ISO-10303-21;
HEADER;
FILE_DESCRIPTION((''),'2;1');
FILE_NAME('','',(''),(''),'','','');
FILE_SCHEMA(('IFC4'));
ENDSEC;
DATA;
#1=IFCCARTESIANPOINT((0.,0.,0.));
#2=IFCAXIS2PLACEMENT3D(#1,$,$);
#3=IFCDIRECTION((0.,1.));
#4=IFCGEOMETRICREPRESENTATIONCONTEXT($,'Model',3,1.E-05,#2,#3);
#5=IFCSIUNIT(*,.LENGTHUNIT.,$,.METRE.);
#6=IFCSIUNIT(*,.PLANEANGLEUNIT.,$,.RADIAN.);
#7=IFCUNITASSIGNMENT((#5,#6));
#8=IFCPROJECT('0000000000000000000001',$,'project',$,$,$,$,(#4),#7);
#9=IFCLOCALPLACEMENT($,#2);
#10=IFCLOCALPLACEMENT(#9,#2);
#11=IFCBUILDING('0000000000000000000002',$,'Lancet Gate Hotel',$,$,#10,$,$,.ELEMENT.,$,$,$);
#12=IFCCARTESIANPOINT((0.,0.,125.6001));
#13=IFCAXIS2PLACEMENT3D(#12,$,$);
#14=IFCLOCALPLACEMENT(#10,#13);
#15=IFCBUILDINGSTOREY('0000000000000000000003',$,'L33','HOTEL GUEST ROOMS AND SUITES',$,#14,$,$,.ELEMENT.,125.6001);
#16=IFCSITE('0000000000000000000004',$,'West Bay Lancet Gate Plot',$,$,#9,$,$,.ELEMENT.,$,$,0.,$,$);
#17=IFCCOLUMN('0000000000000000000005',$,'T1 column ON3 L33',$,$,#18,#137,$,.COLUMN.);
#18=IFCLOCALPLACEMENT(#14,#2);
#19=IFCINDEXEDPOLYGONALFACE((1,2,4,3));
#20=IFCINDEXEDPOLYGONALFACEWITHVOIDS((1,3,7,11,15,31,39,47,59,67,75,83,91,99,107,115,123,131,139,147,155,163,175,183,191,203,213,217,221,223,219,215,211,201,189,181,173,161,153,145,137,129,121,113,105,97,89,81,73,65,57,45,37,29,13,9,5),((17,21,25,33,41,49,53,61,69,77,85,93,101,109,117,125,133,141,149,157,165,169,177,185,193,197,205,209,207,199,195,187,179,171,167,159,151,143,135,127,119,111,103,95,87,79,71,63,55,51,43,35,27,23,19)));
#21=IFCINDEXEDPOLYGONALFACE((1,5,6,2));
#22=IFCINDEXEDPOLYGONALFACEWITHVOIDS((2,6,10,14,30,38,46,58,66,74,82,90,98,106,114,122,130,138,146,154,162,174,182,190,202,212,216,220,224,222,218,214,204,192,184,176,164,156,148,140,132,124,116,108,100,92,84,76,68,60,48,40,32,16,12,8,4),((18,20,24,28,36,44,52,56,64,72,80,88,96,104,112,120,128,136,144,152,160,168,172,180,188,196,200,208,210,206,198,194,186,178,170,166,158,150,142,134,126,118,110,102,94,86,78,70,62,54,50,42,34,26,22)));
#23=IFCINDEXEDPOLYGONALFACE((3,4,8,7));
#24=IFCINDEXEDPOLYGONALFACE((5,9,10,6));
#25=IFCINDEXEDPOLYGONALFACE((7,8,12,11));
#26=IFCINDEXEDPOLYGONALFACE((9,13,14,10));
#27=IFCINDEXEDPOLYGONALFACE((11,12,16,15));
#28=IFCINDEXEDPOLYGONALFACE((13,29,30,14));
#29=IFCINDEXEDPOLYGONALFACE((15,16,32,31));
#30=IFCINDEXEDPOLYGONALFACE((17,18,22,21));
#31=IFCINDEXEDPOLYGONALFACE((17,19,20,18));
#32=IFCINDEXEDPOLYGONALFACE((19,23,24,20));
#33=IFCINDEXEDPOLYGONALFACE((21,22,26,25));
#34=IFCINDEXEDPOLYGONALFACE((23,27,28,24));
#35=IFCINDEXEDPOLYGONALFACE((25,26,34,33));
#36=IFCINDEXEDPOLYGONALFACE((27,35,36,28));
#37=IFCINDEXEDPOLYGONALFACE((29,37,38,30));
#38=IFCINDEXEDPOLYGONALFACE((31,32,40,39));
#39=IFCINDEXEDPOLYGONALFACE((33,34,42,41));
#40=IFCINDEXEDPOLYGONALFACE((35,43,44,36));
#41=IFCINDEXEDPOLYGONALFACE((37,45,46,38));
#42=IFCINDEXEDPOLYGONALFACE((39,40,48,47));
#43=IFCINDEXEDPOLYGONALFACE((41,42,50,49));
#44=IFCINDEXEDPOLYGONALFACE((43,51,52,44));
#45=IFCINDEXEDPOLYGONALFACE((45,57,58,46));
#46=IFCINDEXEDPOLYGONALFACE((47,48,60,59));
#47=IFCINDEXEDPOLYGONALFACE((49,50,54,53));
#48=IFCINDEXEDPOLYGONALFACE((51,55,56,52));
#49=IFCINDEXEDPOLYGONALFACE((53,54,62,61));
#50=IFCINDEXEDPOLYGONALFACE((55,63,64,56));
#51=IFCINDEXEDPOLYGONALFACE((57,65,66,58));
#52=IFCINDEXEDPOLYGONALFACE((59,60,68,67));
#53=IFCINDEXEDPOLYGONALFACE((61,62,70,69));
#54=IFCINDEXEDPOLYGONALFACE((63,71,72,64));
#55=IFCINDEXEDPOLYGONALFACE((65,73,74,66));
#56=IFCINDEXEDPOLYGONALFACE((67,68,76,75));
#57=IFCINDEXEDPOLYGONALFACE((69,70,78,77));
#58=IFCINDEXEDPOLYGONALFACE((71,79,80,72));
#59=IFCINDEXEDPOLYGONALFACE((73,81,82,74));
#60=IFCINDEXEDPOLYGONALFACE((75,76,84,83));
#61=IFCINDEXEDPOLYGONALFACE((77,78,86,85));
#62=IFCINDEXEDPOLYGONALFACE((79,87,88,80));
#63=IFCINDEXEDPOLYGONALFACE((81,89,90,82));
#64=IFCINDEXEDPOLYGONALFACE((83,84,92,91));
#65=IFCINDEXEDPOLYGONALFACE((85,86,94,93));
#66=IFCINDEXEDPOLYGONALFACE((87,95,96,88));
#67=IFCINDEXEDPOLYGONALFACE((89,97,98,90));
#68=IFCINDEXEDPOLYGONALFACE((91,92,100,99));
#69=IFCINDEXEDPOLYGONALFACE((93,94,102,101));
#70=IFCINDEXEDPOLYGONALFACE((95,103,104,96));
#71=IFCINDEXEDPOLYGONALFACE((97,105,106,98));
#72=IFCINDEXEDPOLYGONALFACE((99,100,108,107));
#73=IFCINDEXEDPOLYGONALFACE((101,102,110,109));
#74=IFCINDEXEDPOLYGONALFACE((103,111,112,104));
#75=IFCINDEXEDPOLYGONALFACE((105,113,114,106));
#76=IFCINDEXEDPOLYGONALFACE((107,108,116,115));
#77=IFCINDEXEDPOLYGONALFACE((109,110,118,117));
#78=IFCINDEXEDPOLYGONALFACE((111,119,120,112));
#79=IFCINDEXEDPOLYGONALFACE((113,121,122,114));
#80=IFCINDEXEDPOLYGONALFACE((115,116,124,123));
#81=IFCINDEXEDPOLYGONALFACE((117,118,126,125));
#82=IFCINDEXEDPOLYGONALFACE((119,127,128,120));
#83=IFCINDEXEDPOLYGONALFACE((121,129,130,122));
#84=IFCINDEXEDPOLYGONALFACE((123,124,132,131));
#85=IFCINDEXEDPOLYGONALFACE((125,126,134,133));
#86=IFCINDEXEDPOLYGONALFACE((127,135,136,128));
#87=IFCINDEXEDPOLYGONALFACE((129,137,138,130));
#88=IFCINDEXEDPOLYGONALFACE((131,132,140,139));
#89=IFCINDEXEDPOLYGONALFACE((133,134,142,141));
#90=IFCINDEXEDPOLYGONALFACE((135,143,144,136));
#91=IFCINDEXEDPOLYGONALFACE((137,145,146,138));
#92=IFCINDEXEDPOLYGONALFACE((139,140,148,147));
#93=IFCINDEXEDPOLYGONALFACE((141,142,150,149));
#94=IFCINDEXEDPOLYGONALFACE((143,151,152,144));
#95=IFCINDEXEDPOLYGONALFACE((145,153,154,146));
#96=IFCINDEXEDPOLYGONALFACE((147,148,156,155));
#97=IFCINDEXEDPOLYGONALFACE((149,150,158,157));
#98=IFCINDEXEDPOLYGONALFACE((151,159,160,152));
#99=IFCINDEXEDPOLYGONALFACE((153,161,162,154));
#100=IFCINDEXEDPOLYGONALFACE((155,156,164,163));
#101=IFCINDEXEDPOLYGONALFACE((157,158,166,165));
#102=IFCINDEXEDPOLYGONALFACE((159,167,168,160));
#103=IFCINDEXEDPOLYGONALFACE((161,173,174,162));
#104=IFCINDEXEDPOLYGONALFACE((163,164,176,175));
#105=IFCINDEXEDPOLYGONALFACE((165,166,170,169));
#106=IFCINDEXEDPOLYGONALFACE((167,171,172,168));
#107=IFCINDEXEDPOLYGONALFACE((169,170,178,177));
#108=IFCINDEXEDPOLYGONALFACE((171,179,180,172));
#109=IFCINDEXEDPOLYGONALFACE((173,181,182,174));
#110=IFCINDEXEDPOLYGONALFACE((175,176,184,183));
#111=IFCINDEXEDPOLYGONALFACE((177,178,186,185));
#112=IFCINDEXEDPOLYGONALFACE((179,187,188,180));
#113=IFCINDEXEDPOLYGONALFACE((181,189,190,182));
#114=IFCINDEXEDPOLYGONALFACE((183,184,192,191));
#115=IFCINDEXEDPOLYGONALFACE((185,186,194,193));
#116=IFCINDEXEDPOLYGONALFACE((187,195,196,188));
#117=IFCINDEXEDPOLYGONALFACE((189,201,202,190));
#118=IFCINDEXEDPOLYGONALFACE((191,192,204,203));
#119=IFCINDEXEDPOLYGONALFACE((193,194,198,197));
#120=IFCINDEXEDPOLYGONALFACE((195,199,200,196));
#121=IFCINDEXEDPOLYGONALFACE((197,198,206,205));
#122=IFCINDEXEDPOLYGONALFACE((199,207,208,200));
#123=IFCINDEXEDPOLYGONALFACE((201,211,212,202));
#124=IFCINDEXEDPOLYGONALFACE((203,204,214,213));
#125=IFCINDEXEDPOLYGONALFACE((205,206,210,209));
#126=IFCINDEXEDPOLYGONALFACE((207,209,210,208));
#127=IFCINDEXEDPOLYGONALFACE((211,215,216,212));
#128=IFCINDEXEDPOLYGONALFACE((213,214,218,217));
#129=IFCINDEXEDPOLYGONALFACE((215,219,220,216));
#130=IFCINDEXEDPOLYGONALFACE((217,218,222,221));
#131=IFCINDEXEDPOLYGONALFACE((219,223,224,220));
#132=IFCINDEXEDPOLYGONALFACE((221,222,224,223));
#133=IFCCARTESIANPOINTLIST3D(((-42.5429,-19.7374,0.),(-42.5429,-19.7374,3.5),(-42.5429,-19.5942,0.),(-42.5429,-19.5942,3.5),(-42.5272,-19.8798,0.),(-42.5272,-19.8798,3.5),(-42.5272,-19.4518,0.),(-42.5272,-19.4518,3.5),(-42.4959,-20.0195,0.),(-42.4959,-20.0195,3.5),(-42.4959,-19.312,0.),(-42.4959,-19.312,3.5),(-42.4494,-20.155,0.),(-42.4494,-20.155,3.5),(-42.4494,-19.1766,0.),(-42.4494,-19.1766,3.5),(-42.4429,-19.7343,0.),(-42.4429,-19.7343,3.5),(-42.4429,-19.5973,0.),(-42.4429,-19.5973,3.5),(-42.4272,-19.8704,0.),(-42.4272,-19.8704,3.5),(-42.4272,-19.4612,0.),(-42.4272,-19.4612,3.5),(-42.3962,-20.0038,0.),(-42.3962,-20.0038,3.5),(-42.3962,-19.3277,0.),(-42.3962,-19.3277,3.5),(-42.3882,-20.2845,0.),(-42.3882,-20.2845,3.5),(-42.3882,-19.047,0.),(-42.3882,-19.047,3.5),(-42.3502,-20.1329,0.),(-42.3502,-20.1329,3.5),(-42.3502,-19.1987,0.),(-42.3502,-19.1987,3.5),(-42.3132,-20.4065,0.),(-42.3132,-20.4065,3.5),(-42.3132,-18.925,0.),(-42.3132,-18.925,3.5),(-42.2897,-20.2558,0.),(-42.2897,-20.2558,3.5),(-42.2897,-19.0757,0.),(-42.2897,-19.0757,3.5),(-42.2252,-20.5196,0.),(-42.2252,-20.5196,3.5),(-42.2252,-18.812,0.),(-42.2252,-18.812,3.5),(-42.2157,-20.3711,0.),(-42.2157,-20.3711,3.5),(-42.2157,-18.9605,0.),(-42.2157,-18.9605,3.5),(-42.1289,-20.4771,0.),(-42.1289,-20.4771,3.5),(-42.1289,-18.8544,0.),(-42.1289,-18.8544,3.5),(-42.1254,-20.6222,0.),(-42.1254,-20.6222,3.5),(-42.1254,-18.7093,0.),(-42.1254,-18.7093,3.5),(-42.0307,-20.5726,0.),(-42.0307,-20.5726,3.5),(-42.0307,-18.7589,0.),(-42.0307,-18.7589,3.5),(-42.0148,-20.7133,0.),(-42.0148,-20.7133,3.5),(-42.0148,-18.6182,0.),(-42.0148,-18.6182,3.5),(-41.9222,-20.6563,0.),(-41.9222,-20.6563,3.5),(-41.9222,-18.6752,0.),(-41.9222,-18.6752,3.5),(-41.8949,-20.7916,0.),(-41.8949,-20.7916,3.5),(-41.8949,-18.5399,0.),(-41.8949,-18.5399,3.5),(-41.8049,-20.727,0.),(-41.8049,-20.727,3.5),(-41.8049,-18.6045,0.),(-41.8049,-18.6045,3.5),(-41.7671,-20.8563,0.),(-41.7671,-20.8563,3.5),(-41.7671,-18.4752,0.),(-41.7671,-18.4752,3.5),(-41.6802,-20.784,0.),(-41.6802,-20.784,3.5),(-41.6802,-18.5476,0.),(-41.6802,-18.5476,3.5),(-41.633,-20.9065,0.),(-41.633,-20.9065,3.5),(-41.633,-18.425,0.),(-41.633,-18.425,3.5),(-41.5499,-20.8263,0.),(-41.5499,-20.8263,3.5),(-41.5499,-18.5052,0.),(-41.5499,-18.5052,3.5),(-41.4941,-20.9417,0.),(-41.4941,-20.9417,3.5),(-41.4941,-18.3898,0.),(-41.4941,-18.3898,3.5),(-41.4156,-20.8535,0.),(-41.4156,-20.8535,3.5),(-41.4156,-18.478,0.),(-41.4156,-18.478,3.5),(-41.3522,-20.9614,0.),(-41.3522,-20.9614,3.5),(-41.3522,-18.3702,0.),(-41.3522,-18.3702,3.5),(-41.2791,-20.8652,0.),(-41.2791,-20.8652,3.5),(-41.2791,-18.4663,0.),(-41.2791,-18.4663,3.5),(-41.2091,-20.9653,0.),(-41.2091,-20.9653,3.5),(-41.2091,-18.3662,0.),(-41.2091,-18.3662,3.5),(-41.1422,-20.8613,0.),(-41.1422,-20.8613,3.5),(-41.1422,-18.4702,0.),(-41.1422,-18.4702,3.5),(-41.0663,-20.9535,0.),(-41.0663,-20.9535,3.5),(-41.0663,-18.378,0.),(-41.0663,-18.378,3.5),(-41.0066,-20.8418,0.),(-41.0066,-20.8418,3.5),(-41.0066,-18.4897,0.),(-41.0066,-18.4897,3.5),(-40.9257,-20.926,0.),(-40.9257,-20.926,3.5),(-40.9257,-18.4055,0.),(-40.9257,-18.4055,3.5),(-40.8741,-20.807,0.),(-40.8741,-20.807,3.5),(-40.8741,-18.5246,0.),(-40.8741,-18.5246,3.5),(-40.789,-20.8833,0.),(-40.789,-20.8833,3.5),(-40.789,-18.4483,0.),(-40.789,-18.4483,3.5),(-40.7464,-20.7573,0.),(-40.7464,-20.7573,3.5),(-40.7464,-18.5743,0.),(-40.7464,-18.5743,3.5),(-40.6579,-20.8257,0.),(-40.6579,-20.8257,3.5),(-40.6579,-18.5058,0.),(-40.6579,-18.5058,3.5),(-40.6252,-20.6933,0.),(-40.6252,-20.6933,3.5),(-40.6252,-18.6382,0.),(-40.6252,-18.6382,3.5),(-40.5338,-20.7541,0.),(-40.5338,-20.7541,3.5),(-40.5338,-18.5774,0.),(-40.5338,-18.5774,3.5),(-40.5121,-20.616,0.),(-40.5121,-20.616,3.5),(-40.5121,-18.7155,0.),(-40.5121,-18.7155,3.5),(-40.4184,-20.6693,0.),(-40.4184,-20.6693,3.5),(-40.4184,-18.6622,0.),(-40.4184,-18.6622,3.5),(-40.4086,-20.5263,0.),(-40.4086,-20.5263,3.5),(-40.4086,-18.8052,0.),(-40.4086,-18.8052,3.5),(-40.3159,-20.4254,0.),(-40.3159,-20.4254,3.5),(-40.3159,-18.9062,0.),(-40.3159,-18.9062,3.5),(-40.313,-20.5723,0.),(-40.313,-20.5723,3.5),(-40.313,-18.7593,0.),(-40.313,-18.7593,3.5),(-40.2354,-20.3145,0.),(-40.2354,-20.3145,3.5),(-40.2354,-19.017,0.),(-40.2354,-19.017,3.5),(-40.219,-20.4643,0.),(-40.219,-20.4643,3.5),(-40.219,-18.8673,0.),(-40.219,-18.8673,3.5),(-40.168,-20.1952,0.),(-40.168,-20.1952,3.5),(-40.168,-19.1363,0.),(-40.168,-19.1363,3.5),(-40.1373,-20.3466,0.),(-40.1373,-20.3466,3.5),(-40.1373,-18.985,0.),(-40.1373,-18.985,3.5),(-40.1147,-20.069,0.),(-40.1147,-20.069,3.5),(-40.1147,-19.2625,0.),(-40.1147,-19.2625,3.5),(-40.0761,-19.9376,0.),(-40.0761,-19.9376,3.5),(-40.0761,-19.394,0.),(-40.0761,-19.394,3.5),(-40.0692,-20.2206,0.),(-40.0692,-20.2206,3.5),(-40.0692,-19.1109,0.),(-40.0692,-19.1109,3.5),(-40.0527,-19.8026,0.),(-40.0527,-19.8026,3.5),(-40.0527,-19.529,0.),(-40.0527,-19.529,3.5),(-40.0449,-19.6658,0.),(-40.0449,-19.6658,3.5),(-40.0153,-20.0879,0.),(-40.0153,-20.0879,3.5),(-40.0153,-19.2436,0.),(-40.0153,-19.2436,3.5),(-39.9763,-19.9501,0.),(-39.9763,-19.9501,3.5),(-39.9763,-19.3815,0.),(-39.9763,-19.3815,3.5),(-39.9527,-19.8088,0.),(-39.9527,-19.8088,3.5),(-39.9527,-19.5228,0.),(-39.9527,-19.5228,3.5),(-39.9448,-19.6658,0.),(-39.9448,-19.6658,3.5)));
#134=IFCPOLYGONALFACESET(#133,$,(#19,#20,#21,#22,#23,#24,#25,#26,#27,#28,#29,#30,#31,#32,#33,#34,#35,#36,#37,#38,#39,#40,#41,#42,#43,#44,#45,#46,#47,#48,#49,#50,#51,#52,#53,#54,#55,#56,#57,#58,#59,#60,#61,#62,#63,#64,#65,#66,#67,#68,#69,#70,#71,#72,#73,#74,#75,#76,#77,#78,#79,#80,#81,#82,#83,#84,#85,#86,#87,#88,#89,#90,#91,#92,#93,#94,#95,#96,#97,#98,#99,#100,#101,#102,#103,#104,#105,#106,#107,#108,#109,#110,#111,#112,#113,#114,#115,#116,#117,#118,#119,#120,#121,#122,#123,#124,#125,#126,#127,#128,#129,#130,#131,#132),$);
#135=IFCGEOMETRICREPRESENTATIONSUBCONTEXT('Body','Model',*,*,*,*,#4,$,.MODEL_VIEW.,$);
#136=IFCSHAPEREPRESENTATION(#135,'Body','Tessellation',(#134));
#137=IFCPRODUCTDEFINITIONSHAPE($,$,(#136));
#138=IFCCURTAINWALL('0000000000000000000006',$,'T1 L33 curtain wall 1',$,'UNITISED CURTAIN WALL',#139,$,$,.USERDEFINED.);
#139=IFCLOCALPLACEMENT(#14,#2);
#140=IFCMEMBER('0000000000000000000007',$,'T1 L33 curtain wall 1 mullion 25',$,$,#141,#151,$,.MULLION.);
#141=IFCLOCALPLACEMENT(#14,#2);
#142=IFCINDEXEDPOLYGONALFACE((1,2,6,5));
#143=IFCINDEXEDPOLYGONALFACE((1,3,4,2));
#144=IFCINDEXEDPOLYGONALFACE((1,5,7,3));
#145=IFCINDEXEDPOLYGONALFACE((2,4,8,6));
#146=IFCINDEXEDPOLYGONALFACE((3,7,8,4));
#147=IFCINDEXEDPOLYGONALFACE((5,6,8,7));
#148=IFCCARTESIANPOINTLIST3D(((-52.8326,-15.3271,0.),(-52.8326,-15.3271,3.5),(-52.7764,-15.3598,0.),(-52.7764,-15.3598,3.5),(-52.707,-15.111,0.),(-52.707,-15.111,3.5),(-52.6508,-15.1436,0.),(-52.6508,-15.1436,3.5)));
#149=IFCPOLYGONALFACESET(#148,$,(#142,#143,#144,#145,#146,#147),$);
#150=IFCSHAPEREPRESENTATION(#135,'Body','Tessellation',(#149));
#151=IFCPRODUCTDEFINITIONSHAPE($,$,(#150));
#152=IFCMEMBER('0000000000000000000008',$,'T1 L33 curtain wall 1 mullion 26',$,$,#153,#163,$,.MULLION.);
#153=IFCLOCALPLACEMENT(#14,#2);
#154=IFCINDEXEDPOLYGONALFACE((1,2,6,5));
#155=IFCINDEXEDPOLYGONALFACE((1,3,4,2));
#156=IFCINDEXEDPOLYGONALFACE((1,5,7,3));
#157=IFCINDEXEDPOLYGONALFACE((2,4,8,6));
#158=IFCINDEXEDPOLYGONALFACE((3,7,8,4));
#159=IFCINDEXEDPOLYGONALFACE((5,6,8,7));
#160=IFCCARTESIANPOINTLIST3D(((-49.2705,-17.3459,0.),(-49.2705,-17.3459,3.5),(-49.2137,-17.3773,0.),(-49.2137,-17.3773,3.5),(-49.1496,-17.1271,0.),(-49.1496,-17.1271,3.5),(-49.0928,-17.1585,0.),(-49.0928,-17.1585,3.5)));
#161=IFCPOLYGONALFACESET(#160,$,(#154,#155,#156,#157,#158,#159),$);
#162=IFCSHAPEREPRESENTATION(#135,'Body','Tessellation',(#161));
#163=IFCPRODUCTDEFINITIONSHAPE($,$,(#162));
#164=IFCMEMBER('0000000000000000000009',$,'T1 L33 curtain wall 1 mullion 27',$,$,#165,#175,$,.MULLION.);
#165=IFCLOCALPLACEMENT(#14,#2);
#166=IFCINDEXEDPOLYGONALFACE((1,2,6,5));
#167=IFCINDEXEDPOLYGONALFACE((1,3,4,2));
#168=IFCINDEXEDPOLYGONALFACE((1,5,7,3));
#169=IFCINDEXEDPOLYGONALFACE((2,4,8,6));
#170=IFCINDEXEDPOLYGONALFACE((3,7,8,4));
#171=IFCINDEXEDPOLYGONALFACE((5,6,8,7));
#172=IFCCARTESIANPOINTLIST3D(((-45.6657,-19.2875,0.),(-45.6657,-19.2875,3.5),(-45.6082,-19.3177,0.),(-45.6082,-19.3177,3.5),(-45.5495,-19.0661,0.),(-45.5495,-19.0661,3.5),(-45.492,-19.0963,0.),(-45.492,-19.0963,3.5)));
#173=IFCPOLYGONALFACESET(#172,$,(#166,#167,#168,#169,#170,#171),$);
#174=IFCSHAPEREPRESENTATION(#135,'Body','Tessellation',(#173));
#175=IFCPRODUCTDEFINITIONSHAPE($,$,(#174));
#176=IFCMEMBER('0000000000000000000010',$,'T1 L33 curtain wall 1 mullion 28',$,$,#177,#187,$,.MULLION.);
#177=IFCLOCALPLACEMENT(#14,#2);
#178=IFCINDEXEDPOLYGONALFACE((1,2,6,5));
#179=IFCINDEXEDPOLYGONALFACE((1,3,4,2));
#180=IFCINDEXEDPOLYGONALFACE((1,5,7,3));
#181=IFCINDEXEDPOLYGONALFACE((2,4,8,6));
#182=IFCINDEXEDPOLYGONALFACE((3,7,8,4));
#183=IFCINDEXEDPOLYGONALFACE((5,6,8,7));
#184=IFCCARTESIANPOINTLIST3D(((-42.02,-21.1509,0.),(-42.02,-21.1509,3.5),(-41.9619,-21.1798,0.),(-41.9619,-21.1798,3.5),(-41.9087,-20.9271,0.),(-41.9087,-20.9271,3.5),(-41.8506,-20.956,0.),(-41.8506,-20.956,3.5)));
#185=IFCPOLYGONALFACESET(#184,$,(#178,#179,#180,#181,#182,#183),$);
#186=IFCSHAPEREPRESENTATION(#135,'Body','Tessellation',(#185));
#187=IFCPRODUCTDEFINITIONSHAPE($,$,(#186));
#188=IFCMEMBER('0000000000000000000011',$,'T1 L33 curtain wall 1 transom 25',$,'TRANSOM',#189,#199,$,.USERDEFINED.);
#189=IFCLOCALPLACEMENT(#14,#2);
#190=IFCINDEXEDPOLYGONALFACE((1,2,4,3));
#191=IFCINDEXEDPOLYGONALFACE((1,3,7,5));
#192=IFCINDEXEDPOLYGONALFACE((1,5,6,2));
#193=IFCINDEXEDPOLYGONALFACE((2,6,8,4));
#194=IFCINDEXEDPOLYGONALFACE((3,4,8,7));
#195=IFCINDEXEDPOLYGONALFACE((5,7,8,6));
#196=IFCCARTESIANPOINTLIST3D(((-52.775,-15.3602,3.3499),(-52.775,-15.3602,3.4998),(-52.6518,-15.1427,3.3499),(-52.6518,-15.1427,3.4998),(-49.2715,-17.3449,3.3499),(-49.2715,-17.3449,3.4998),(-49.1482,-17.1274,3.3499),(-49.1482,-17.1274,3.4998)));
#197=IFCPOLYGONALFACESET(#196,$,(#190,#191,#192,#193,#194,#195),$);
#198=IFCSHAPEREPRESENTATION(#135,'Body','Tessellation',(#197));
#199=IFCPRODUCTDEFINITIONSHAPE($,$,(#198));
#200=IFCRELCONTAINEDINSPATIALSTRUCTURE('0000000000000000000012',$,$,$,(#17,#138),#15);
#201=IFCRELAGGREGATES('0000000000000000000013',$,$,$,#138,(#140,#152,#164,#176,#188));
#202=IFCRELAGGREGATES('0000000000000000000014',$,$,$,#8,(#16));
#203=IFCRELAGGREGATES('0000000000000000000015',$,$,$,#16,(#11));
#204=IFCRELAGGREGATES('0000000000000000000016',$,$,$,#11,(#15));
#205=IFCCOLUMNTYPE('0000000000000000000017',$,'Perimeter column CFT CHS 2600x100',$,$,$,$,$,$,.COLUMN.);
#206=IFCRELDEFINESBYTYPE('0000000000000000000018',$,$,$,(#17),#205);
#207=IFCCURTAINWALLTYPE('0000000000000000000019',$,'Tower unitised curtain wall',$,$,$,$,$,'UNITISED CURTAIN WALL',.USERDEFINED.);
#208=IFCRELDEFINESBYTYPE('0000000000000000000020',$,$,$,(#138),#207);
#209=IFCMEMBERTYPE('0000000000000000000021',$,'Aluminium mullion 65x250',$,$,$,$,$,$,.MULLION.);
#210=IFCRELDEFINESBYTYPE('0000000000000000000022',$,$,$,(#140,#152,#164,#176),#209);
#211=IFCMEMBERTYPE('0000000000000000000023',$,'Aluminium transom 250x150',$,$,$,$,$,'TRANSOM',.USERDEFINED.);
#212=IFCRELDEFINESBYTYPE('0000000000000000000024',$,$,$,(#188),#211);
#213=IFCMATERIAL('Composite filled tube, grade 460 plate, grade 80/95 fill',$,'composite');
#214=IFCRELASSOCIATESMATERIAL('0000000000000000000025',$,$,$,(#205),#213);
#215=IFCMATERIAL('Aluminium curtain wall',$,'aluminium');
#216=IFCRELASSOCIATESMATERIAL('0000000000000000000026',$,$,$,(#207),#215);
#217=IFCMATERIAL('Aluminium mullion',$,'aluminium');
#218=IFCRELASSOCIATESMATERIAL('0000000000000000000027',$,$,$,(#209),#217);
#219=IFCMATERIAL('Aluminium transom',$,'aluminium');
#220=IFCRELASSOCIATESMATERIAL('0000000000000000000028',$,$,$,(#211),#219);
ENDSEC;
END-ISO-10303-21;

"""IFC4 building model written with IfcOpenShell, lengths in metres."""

from ifc_helpers import new_model, si_unit, direction, frame, origin, origin_2d, place, context, subcontext, project, spatial, rectangle, hollow_circle, extrude, material, material_profile, profile_set, type_object, element, aggregate, save


model = new_model("IFC4")

# Units and contexts
model_context = context("Model", 3, precision=1e-05, world=origin(), true_north=direction((0.0, 1.0)))
body_context = subcontext(model_context, "Body", "Model", "MODEL_VIEW")
ifc_project = project(units=[si_unit("LENGTHUNIT", "METRE"), si_unit("PLANEANGLEUNIT", "RADIAN")], contexts=[model_context])

# Site, building, storey
site_placement = place(None, origin())
site = spatial("IfcSite", under=ifc_project, at=site_placement, Name="West Bay Lancet Gate Plot", CompositionType="ELEMENT", RefElevation=0.0)
building_placement = place(site_placement, origin())
building = spatial("IfcBuilding", under=site, at=building_placement, Name="Lancet Gate Hotel", CompositionType="ELEMENT")
storey_placement = place(building_placement, frame((0.0, 0.0, 125.6001)))
storey = spatial("IfcBuildingStorey", under=building, at=storey_placement, Name="L33", Description="HOTEL GUEST ROOMS AND SUITES", CompositionType="ELEMENT", Elevation=125.6001)

# Column
ifc_material_1 = material(Name="Composite filled tube, grade 460 plate, grade 80/95 fill", Category="composite")
ifc_material_profile_1 = material_profile(ifc_material_1, hollow_circle(Radius=1.3, WallThickness=0.1001, at=origin_2d()), Name="CHS 2600x100")
ifc_profile_set_1 = profile_set([ifc_material_profile_1], Name="Composite filled tube, grade 460 plate, grade 80/95 fill")
column_type = type_object("IfcColumnType", Name="Perimeter column CFT CHS 2600x100", PredefinedType="COLUMN", material=ifc_profile_set_1)
for number, where, z_axis, x_axis, name in (
    (1, (-41.2449, -19.6658, 0.0), (0.0, 0.0, 1.0), (1.0, 0.0, 0.0), "T1 column ON3 L33"),
):
    element("IfcColumn", number, at=place(storey_placement, frame(where, z_axis=z_axis, x_axis=x_axis)), inside=storey, type_object=column_type, Name=name, PredefinedType="COLUMN", context=body_context, shape_type="SweptSolid", body=[
        extrude(hollow_circle(Radius=1.3, WallThickness=0.1001, at=origin_2d()), origin(), (0.0, 0.0, 1.0), 3.5),
    ])

# Curtain wall, members
ifc_material_2 = material(Name="Aluminium curtain wall", Category="aluminium")
curtain_wall_type = type_object("IfcCurtainWallType", Name="Tower unitised curtain wall", ElementType="UNITISED CURTAIN WALL", PredefinedType="USERDEFINED", material=ifc_material_2)
curtain_wall_placement = place(storey_placement, origin())
curtain_wall = element("IfcCurtainWall", 2, at=curtain_wall_placement, inside=storey, type_object=curtain_wall_type, Name="T1 L33 curtain wall 1", ObjectType="UNITISED CURTAIN WALL", PredefinedType="USERDEFINED")
ifc_material_3 = material(Name="Aluminium mullion", Category="aluminium")
ifc_material_profile_2 = material_profile(ifc_material_3, rectangle(XDim=0.0649, YDim=0.25, at=origin_2d()), Name="MULLION 65x250")
ifc_profile_set_2 = profile_set([ifc_material_profile_2], Name="Aluminium mullion")
member_type_1 = type_object("IfcMemberType", Name="Aluminium mullion 65x250", PredefinedType="MULLION", material=ifc_profile_set_2)
member_1_placement = place(storey_placement, frame((-52.7417, -15.2354, 0.0), z_axis=(0.0, 0.0, 1.0), x_axis=(0.864728, -0.502241, 0.0)))
member_1 = element("IfcMember", 3, at=member_1_placement, type_object=member_type_1, Name="T1 L33 curtain wall 1 mullion 25", PredefinedType="MULLION", context=body_context, shape_type="SweptSolid", body=[
    extrude(rectangle(XDim=0.0649, YDim=0.25, at=origin_2d()), origin(), (0.0, 0.0, 1.0), 3.5),
])
member_2_placement = place(storey_placement, frame((-49.1816, -17.2522, 0.0), z_axis=(0.0, 0.0, 1.0), x_axis=(0.875339, -0.48351, 0.0)))
member_2 = element("IfcMember", 4, at=member_2_placement, type_object=member_type_1, Name="T1 L33 curtain wall 1 mullion 26", PredefinedType="MULLION", context=body_context, shape_type="SweptSolid", body=[
    extrude(rectangle(XDim=0.0649, YDim=0.25, at=origin_2d()), origin(), (0.0, 0.0, 1.0), 3.5),
])
member_3_placement = place(storey_placement, frame((-45.5789, -19.1919, 0.0), z_axis=(0.0, 0.0, 1.0), x_axis=(0.885544, -0.464555, 0.0)))
member_3 = element("IfcMember", 5, at=member_3_placement, type_object=member_type_1, Name="T1 L33 curtain wall 1 mullion 27", PredefinedType="MULLION", context=body_context, shape_type="SweptSolid", body=[
    extrude(rectangle(XDim=0.0649, YDim=0.25, at=origin_2d()), origin(), (0.0, 0.0, 1.0), 3.5),
])
member_4_placement = place(storey_placement, frame((-41.9353, -21.0535, 0.0), z_axis=(0.0, 0.0, 1.0), x_axis=(0.895339, -0.445384, 0.0)))
member_4 = element("IfcMember", 6, at=member_4_placement, type_object=member_type_1, Name="T1 L33 curtain wall 1 mullion 28", PredefinedType="MULLION", context=body_context, shape_type="SweptSolid", body=[
    extrude(rectangle(XDim=0.0649, YDim=0.25, at=origin_2d()), origin(), (0.0, 0.0, 1.0), 3.5),
])
ifc_material_4 = material(Name="Aluminium transom", Category="aluminium")
ifc_material_profile_3 = material_profile(ifc_material_4, rectangle(XDim=0.25, YDim=0.1499, at=origin_2d()), Name="TRANSOM 250x150")
ifc_profile_set_3 = profile_set([ifc_material_profile_3], Name="Aluminium transom")
member_type_2 = type_object("IfcMemberType", Name="Aluminium transom 250x150", ElementType="TRANSOM", PredefinedType="USERDEFINED", material=ifc_profile_set_3)
member_5_placement = place(storey_placement, frame((-52.7134, -15.2515, 3.4248), z_axis=(0.870092, -0.49289, 0.0), x_axis=(0.49289, 0.870092, 0.0)))
member_5 = element("IfcMember", 7, at=member_5_placement, type_object=member_type_2, Name="T1 L33 curtain wall 1 transom 25", ObjectType="TRANSOM", PredefinedType="USERDEFINED", context=body_context, shape_type="SweptSolid", body=[
    extrude(rectangle(XDim=0.25, YDim=0.1499, at=origin_2d()), origin(), (0.0, 0.0, 1.0), 4.0266),
])

aggregate(curtain_wall, [member_1, member_2, member_3, member_4, member_5])

save(model, "model.ifc")
